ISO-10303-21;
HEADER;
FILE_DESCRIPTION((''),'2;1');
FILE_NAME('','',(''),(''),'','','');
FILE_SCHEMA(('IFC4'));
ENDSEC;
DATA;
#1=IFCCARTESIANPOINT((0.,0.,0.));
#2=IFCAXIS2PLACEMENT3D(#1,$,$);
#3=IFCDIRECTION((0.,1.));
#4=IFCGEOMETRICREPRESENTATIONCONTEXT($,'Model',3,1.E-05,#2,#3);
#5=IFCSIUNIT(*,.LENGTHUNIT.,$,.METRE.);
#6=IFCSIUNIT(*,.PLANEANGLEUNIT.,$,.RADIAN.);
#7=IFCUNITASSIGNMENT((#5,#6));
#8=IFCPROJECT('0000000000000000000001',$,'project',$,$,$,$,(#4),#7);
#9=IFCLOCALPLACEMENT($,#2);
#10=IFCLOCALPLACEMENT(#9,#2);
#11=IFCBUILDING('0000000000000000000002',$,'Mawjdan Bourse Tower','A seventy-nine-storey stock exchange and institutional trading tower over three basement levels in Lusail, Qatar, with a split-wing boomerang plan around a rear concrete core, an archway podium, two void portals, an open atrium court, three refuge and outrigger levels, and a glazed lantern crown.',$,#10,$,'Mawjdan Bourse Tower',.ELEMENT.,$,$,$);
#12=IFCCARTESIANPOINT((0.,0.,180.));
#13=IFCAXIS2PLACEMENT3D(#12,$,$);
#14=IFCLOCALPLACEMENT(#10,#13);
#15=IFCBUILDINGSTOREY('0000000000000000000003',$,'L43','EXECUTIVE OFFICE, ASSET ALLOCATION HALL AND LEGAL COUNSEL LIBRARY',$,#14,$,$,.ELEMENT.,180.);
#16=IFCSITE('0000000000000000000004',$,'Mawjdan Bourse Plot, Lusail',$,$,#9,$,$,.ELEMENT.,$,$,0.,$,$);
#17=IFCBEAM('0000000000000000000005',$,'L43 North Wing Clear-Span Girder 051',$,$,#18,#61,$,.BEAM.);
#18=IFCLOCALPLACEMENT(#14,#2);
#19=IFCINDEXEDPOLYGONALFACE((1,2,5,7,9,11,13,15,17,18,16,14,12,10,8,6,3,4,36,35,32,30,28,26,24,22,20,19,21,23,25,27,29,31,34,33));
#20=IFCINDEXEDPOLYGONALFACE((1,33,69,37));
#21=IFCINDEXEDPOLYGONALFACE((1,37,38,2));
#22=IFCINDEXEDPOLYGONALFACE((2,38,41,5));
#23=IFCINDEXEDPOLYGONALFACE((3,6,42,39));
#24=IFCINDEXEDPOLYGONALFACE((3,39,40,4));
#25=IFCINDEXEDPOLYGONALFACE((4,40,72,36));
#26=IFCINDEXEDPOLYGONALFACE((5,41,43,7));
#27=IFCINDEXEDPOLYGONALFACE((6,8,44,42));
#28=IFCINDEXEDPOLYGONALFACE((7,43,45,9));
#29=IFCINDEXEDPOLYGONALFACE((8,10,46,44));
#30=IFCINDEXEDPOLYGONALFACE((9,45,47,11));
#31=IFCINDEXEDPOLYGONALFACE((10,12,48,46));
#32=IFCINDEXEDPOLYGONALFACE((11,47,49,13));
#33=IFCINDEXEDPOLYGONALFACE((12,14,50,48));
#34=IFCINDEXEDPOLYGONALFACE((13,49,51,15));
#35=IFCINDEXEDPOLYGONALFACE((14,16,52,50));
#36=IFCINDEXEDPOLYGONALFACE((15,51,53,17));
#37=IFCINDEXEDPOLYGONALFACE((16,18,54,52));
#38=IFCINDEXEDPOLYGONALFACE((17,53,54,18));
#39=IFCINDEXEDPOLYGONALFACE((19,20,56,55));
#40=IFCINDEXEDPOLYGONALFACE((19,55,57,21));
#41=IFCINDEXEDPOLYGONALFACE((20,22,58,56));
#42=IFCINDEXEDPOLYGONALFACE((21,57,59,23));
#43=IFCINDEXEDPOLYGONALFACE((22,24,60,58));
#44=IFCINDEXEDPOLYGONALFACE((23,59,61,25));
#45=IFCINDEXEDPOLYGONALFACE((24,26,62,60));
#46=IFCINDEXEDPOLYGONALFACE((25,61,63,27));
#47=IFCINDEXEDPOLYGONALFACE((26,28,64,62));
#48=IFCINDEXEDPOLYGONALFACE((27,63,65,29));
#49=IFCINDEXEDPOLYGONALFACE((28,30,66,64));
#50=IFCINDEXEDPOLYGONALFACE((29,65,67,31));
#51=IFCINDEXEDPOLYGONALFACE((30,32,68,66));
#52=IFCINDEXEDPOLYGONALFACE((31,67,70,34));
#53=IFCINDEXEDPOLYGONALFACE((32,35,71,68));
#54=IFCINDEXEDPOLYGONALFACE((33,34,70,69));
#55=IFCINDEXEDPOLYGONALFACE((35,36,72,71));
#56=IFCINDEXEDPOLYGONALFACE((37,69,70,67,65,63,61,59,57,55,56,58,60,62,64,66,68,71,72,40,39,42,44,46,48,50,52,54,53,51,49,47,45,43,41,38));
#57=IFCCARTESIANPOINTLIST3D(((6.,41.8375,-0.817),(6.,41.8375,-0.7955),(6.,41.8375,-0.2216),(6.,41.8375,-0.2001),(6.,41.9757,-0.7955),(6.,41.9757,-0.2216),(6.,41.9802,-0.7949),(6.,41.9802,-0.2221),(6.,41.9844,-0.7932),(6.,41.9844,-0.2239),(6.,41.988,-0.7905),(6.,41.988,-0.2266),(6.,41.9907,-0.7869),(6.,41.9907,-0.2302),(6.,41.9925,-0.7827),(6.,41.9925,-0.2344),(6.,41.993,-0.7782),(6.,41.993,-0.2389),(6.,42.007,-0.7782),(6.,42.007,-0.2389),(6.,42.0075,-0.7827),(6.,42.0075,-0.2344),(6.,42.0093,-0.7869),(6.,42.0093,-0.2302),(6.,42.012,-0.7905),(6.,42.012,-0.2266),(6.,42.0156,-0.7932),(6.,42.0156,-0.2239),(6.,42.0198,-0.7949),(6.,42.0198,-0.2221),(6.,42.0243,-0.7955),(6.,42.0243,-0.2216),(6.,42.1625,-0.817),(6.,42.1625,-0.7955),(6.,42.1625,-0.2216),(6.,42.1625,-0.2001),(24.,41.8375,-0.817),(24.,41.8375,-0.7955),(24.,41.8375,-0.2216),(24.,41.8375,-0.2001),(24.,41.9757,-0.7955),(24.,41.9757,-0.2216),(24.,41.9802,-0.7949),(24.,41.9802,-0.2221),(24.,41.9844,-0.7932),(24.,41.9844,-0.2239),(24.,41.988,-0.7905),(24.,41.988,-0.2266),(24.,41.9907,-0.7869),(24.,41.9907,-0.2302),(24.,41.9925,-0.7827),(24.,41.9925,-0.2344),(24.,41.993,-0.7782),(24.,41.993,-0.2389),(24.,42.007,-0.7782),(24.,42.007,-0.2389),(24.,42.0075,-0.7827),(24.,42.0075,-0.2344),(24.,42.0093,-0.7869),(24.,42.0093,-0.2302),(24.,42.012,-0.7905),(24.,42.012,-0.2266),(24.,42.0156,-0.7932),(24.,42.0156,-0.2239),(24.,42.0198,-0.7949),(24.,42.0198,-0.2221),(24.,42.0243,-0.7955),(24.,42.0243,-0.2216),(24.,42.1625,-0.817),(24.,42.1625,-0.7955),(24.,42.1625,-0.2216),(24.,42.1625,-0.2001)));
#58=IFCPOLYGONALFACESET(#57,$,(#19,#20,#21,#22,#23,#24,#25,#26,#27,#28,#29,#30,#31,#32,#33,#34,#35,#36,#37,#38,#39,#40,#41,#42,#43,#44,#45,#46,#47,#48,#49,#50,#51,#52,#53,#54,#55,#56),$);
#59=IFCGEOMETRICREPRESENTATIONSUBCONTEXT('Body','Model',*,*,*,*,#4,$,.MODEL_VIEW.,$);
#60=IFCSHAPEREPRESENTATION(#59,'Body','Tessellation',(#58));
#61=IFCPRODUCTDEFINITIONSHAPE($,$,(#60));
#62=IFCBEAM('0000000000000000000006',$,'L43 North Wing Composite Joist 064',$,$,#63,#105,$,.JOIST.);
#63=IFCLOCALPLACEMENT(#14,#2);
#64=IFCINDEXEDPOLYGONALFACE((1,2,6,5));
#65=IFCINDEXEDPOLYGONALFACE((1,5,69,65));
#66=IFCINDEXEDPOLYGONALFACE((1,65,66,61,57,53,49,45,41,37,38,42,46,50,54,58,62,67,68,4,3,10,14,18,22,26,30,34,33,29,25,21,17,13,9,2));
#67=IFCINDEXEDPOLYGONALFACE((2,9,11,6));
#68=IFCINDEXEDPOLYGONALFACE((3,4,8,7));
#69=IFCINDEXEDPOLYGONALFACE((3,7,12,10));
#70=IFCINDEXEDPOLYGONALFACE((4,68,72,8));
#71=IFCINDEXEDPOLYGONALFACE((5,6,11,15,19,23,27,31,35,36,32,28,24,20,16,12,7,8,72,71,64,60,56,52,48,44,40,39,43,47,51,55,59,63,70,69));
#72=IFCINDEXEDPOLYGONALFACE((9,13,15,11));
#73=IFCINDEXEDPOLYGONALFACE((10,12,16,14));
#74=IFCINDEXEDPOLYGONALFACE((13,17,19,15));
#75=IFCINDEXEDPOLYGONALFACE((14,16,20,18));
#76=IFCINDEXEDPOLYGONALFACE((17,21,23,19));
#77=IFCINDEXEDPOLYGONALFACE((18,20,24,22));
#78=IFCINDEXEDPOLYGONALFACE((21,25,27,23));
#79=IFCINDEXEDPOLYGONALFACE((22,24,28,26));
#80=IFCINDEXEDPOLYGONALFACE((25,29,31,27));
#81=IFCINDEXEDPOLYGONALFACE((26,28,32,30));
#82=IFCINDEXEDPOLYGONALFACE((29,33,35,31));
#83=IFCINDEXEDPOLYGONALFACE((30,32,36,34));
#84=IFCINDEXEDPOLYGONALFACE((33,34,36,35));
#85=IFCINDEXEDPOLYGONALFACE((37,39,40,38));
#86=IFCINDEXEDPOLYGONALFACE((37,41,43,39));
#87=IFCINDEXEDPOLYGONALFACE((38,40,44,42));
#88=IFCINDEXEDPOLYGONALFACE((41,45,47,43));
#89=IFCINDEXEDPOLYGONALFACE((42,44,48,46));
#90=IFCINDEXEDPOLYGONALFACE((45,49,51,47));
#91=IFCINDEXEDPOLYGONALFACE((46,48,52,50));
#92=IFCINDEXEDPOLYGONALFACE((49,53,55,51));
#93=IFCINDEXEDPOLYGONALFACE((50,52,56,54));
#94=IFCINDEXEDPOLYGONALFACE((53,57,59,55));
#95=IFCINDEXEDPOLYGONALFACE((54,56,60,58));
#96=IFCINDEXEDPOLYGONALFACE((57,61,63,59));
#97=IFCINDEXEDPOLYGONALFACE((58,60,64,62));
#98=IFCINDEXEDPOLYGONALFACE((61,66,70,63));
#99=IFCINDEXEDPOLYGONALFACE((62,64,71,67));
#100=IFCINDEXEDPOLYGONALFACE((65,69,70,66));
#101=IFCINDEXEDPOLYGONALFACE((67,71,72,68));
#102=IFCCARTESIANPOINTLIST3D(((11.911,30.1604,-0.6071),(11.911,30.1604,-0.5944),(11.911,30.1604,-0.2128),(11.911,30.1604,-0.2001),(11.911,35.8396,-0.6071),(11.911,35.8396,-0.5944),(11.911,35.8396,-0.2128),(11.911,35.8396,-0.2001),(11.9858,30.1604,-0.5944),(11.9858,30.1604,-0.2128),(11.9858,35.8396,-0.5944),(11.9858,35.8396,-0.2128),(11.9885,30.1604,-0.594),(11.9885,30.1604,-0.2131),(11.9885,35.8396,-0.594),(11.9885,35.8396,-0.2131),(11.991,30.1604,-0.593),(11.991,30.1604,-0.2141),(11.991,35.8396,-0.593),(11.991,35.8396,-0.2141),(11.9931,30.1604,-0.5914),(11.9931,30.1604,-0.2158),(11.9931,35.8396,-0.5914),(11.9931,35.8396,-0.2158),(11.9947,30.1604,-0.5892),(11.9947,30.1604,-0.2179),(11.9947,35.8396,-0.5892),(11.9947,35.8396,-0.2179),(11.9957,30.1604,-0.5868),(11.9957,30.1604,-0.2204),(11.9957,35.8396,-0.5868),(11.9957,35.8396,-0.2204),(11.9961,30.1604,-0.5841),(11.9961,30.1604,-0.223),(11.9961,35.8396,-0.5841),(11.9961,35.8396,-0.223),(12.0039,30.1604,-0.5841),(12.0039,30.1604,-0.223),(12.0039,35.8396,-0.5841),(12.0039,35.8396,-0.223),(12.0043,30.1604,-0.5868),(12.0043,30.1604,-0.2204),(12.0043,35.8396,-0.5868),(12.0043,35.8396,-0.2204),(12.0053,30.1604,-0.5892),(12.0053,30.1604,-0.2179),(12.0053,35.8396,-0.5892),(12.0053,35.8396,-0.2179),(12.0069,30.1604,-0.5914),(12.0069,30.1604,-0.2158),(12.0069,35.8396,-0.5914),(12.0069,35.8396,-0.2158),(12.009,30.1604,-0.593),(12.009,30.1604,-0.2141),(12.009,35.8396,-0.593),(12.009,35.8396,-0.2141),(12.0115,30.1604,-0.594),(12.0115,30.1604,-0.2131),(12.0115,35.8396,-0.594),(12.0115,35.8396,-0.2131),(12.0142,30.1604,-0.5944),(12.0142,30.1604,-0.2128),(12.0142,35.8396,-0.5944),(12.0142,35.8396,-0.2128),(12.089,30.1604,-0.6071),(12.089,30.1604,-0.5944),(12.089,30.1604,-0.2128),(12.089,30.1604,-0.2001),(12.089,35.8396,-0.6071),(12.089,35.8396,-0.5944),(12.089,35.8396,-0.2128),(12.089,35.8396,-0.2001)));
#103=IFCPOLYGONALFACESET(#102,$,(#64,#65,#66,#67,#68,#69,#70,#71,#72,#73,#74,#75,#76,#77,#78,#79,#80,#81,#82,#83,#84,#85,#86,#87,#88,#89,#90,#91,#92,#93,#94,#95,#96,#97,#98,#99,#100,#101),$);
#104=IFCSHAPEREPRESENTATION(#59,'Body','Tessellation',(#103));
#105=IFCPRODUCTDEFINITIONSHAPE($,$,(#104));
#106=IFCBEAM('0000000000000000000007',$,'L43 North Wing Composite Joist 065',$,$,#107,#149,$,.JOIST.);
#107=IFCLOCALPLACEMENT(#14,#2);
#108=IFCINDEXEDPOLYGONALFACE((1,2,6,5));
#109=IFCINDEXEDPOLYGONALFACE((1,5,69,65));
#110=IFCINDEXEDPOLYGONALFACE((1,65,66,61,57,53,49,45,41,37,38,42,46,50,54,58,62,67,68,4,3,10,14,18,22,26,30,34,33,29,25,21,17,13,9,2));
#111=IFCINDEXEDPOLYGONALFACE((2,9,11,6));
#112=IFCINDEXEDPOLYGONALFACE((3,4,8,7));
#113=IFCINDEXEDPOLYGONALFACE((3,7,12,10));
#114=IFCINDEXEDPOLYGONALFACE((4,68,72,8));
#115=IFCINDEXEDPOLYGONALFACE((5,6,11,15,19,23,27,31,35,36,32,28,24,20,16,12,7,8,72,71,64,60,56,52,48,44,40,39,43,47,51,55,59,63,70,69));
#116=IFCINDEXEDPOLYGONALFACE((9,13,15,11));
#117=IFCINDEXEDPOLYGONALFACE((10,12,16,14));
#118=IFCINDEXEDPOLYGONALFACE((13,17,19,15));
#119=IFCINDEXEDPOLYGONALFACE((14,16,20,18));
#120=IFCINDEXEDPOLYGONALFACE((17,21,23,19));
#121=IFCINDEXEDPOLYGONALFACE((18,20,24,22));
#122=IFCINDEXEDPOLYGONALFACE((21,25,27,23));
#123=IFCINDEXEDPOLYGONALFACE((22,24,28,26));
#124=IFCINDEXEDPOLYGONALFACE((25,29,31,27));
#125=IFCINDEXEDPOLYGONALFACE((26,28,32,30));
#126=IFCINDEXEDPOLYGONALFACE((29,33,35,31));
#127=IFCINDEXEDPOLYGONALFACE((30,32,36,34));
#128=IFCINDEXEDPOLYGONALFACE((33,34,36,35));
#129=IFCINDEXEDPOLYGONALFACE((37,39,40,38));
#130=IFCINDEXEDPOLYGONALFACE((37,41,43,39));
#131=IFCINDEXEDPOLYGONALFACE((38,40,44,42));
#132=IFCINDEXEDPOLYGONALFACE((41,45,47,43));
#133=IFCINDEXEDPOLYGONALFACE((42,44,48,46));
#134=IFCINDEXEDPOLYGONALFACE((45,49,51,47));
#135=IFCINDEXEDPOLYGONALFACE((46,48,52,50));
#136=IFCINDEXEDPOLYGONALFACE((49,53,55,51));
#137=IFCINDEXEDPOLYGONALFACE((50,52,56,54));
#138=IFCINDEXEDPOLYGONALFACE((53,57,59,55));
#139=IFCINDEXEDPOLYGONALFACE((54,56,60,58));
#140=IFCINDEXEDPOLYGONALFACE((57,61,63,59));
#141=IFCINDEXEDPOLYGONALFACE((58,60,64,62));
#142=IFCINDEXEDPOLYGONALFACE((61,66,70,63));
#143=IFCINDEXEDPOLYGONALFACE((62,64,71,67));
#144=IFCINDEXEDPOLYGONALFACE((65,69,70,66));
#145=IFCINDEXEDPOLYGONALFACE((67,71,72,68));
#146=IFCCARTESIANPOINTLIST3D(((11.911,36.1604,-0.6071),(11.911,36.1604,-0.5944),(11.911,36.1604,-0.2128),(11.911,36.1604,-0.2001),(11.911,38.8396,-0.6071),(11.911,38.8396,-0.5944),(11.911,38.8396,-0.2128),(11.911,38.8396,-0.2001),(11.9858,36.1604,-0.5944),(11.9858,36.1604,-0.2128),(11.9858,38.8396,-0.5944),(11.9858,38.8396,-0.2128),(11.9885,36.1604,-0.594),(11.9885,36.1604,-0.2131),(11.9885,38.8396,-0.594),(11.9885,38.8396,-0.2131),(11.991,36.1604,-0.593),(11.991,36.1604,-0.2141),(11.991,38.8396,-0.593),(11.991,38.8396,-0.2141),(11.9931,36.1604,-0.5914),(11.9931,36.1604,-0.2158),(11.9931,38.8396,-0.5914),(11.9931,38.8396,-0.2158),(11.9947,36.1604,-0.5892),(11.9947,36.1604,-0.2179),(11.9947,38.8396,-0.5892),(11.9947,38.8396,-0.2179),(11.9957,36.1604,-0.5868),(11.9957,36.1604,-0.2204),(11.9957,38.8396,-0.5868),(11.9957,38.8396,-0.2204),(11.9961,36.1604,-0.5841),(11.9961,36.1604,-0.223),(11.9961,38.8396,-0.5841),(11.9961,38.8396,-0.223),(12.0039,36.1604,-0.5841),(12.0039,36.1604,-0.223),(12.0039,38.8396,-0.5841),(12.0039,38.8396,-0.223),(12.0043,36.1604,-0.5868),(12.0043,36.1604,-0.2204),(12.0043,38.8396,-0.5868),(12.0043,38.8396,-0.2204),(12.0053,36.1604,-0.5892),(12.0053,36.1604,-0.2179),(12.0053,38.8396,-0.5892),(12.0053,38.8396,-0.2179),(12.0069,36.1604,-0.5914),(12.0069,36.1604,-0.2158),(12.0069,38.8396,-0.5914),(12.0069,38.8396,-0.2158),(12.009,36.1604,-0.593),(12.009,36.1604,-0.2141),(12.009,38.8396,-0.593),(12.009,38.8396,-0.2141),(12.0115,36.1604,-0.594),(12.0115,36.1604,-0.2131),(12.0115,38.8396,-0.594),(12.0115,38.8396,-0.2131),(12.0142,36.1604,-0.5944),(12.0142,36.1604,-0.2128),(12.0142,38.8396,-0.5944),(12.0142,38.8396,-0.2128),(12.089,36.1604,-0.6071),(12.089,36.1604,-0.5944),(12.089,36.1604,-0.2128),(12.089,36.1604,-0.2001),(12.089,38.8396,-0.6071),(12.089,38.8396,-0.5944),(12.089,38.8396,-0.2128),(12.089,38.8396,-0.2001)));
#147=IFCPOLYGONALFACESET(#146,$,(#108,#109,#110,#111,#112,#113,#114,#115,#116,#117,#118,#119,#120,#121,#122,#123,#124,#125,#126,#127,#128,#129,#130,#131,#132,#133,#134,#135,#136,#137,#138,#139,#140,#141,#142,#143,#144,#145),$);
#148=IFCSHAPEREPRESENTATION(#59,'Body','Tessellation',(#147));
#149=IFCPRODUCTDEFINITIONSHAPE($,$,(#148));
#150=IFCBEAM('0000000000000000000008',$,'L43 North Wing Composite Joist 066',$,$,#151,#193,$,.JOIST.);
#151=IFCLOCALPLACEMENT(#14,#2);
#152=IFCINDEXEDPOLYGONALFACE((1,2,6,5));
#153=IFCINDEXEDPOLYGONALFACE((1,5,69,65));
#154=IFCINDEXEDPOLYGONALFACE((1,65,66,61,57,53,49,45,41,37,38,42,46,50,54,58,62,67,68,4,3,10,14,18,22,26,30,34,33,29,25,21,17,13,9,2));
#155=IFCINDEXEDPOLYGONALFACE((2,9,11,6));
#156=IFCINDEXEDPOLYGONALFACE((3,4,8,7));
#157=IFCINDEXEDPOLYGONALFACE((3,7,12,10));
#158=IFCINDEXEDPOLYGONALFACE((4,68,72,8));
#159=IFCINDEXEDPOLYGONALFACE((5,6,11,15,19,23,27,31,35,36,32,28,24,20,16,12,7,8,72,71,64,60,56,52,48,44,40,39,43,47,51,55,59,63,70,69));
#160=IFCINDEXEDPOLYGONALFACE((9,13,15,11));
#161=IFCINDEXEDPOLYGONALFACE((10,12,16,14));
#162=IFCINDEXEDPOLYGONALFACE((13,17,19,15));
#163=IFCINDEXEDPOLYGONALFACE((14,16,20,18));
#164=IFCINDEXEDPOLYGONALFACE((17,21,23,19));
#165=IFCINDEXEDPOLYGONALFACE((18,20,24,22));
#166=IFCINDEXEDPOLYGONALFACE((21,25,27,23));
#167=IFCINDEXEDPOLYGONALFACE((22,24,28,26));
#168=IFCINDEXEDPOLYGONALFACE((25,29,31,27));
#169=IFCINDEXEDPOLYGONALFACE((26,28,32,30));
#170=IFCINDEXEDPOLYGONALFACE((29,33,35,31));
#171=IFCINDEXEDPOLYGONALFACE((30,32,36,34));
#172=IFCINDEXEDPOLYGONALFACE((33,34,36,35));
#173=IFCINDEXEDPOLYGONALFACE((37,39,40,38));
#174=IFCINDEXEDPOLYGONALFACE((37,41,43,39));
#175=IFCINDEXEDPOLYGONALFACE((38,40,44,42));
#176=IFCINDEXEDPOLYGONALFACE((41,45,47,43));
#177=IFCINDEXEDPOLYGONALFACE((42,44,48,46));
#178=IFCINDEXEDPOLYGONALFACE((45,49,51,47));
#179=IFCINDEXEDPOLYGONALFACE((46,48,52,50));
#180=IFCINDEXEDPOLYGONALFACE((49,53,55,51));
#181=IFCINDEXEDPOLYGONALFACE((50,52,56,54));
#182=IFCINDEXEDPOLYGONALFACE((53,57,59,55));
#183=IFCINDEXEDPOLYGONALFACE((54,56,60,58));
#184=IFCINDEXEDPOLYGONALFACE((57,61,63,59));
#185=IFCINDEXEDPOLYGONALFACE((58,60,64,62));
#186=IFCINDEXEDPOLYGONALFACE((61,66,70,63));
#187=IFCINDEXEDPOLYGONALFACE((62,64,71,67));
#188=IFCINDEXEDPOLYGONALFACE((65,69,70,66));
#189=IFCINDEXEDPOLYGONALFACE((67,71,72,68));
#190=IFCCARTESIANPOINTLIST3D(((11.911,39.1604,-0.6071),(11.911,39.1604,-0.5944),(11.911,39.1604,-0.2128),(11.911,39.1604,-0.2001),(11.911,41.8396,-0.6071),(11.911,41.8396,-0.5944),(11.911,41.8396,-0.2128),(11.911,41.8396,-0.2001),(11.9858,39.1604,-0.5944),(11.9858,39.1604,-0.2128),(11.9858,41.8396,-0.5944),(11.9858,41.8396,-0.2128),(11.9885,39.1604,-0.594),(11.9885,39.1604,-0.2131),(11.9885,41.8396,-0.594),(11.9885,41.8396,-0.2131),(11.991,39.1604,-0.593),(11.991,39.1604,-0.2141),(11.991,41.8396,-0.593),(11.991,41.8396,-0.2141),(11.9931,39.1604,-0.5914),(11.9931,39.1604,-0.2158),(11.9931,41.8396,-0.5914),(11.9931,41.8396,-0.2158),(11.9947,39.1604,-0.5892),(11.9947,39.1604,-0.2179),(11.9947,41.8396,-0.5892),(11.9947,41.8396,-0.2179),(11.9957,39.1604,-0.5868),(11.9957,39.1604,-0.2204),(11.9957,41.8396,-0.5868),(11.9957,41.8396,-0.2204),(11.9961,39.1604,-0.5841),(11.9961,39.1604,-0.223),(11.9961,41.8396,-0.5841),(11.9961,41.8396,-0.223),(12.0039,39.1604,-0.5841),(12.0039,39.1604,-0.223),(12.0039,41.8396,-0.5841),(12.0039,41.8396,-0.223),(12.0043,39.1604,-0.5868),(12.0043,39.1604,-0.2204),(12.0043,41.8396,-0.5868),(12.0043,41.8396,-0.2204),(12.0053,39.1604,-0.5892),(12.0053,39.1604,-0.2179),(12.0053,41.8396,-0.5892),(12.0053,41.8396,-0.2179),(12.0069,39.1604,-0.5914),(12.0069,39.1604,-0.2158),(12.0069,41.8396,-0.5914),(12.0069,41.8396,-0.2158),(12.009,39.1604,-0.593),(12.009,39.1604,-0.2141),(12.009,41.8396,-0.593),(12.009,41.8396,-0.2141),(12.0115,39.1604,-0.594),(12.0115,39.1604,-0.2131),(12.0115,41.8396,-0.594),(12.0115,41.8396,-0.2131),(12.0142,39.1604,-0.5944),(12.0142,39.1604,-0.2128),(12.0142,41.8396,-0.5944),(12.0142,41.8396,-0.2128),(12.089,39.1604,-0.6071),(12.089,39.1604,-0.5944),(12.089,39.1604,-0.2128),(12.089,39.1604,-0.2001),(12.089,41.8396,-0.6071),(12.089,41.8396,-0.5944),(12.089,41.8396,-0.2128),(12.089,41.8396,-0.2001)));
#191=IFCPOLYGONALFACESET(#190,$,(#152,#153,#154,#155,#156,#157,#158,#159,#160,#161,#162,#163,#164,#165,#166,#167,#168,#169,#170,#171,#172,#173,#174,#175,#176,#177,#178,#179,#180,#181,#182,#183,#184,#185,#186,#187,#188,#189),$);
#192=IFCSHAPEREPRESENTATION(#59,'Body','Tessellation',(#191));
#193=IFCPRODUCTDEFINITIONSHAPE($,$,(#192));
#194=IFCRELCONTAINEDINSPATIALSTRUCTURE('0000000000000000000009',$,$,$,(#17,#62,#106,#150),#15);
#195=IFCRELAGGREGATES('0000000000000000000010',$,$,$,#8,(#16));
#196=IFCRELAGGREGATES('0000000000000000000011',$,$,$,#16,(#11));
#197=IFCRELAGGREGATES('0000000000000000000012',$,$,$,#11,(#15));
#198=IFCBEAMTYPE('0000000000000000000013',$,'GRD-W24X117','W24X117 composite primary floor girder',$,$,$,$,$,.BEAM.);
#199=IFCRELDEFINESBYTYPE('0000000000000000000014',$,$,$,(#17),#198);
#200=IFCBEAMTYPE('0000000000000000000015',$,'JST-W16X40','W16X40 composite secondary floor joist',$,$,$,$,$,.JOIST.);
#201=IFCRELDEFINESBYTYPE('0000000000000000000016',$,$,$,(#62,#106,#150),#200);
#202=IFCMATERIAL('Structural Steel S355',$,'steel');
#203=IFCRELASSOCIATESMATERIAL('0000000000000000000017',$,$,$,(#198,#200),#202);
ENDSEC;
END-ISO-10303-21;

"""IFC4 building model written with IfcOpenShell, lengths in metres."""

from ifc_helpers import new_model, si_unit, direction, frame, origin, origin_2d, place, context, subcontext, project, spatial, i_section, extrude, material, material_profile, profile_set, type_object, element, save


model = new_model("IFC4")

# Units and contexts
model_context = context("Model", 3, precision=1e-05, world=origin(), true_north=direction((0.0, 1.0)))
body_context = subcontext(model_context, "Body", "Model", "MODEL_VIEW")
ifc_project = project(units=[si_unit("LENGTHUNIT", "METRE"), si_unit("PLANEANGLEUNIT", "RADIAN")], contexts=[model_context])

# Site, building, storey
site_placement = place(None, origin())
site = spatial("IfcSite", under=ifc_project, at=site_placement, Name="Mawjdan Bourse Plot, Lusail", CompositionType="ELEMENT", RefElevation=0.0)
building_placement = place(site_placement, origin())
building = spatial("IfcBuilding", under=site, at=building_placement, Name="Mawjdan Bourse Tower", Description="A seventy-nine-storey stock exchange and institutional trading tower over three basement levels in Lusail, Qatar, with a split-wing boomerang plan around a rear concrete core, an archway podium, two void portals, an open atrium court, three refuge and outrigger levels, and a glazed lantern crown.", LongName="Mawjdan Bourse Tower", CompositionType="ELEMENT")
storey_placement = place(building_placement, frame((0.0, 0.0, 180.0)))
storey = spatial("IfcBuildingStorey", under=building, at=storey_placement, Name="L43", Description="EXECUTIVE OFFICE, ASSET ALLOCATION HALL AND LEGAL COUNSEL LIBRARY", CompositionType="ELEMENT", Elevation=180.0)

# Beams
ifc_material_1 = material(Name="Structural Steel S355", Category="steel")
ifc_material_profile_1 = material_profile(ifc_material_1, i_section(OverallWidth=0.325, OverallDepth=0.6169, WebThickness=0.0139, FlangeThickness=0.0215, FilletRadius=0.0173, at=origin_2d()), Name="W24X117")
ifc_profile_set_1 = profile_set([ifc_material_profile_1], Name="Structural Steel S355")
beam_type_1 = type_object("IfcBeamType", Name="GRD-W24X117", Description="W24X117 composite primary floor girder", PredefinedType="BEAM", material=ifc_profile_set_1)
for number, where, z_axis, x_axis, name in (
    (1, (6.0, 42.0, -0.5085), (1.0, 0.0, 0.0), (0.0, 1.0, 0.0), "L43 North Wing Clear-Span Girder 051"),
):
    element("IfcBeam", number, at=place(storey_placement, frame(where, z_axis=z_axis, x_axis=x_axis)), inside=storey, type_object=beam_type_1, Name=name, PredefinedType="BEAM", context=body_context, shape_type="SweptSolid", body=[
        extrude(i_section(OverallWidth=0.325, OverallDepth=0.6169, WebThickness=0.0139, FlangeThickness=0.0215, FilletRadius=0.0173, at=origin_2d()), origin(), (0.0, 0.0, 1.0), 18.0),
    ])
ifc_material_profile_2 = material_profile(ifc_material_1, i_section(OverallWidth=0.178, OverallDepth=0.407, WebThickness=0.0078, FlangeThickness=0.0127, FilletRadius=0.0103, at=origin_2d()), Name="W16X40")
ifc_profile_set_2 = profile_set([ifc_material_profile_2], Name="Structural Steel S355")
beam_type_2 = type_object("IfcBeamType", Name="JST-W16X40", Description="W16X40 composite secondary floor joist", PredefinedType="JOIST", material=ifc_profile_set_2)
beam_1_placement = place(storey_placement, frame((12.0, 30.1604, -0.4036), z_axis=(0.0, 1.0, 0.0), x_axis=(-1.0, 0.0, 0.0)))
element("IfcBeam", 2, at=beam_1_placement, inside=storey, type_object=beam_type_2, Name="L43 North Wing Composite Joist 064", PredefinedType="JOIST", context=body_context, shape_type="SweptSolid", body=[
    extrude(i_section(OverallWidth=0.178, OverallDepth=0.407, WebThickness=0.0078, FlangeThickness=0.0127, FilletRadius=0.0103, at=origin_2d()), origin(), (0.0, 0.0, 1.0), 5.6792),
])
for number, where, z_axis, x_axis, name in (
    (3, (12.0, 36.1604, -0.4036), (0.0, 1.0, 0.0), (-1.0, 0.0, 0.0), "L43 North Wing Composite Joist 065"),
    (4, (12.0, 39.1604, -0.4036), (0.0, 1.0, 0.0), (-1.0, 0.0, 0.0), "L43 North Wing Composite Joist 066"),
):
    element("IfcBeam", number, at=place(storey_placement, frame(where, z_axis=z_axis, x_axis=x_axis)), inside=storey, type_object=beam_type_2, Name=name, PredefinedType="JOIST", context=body_context, shape_type="SweptSolid", body=[
        extrude(i_section(OverallWidth=0.178, OverallDepth=0.407, WebThickness=0.0078, FlangeThickness=0.0127, FilletRadius=0.0103, at=origin_2d()), origin(), (0.0, 0.0, 1.0), 2.6792),
    ])

save(model, "model.ifc")
